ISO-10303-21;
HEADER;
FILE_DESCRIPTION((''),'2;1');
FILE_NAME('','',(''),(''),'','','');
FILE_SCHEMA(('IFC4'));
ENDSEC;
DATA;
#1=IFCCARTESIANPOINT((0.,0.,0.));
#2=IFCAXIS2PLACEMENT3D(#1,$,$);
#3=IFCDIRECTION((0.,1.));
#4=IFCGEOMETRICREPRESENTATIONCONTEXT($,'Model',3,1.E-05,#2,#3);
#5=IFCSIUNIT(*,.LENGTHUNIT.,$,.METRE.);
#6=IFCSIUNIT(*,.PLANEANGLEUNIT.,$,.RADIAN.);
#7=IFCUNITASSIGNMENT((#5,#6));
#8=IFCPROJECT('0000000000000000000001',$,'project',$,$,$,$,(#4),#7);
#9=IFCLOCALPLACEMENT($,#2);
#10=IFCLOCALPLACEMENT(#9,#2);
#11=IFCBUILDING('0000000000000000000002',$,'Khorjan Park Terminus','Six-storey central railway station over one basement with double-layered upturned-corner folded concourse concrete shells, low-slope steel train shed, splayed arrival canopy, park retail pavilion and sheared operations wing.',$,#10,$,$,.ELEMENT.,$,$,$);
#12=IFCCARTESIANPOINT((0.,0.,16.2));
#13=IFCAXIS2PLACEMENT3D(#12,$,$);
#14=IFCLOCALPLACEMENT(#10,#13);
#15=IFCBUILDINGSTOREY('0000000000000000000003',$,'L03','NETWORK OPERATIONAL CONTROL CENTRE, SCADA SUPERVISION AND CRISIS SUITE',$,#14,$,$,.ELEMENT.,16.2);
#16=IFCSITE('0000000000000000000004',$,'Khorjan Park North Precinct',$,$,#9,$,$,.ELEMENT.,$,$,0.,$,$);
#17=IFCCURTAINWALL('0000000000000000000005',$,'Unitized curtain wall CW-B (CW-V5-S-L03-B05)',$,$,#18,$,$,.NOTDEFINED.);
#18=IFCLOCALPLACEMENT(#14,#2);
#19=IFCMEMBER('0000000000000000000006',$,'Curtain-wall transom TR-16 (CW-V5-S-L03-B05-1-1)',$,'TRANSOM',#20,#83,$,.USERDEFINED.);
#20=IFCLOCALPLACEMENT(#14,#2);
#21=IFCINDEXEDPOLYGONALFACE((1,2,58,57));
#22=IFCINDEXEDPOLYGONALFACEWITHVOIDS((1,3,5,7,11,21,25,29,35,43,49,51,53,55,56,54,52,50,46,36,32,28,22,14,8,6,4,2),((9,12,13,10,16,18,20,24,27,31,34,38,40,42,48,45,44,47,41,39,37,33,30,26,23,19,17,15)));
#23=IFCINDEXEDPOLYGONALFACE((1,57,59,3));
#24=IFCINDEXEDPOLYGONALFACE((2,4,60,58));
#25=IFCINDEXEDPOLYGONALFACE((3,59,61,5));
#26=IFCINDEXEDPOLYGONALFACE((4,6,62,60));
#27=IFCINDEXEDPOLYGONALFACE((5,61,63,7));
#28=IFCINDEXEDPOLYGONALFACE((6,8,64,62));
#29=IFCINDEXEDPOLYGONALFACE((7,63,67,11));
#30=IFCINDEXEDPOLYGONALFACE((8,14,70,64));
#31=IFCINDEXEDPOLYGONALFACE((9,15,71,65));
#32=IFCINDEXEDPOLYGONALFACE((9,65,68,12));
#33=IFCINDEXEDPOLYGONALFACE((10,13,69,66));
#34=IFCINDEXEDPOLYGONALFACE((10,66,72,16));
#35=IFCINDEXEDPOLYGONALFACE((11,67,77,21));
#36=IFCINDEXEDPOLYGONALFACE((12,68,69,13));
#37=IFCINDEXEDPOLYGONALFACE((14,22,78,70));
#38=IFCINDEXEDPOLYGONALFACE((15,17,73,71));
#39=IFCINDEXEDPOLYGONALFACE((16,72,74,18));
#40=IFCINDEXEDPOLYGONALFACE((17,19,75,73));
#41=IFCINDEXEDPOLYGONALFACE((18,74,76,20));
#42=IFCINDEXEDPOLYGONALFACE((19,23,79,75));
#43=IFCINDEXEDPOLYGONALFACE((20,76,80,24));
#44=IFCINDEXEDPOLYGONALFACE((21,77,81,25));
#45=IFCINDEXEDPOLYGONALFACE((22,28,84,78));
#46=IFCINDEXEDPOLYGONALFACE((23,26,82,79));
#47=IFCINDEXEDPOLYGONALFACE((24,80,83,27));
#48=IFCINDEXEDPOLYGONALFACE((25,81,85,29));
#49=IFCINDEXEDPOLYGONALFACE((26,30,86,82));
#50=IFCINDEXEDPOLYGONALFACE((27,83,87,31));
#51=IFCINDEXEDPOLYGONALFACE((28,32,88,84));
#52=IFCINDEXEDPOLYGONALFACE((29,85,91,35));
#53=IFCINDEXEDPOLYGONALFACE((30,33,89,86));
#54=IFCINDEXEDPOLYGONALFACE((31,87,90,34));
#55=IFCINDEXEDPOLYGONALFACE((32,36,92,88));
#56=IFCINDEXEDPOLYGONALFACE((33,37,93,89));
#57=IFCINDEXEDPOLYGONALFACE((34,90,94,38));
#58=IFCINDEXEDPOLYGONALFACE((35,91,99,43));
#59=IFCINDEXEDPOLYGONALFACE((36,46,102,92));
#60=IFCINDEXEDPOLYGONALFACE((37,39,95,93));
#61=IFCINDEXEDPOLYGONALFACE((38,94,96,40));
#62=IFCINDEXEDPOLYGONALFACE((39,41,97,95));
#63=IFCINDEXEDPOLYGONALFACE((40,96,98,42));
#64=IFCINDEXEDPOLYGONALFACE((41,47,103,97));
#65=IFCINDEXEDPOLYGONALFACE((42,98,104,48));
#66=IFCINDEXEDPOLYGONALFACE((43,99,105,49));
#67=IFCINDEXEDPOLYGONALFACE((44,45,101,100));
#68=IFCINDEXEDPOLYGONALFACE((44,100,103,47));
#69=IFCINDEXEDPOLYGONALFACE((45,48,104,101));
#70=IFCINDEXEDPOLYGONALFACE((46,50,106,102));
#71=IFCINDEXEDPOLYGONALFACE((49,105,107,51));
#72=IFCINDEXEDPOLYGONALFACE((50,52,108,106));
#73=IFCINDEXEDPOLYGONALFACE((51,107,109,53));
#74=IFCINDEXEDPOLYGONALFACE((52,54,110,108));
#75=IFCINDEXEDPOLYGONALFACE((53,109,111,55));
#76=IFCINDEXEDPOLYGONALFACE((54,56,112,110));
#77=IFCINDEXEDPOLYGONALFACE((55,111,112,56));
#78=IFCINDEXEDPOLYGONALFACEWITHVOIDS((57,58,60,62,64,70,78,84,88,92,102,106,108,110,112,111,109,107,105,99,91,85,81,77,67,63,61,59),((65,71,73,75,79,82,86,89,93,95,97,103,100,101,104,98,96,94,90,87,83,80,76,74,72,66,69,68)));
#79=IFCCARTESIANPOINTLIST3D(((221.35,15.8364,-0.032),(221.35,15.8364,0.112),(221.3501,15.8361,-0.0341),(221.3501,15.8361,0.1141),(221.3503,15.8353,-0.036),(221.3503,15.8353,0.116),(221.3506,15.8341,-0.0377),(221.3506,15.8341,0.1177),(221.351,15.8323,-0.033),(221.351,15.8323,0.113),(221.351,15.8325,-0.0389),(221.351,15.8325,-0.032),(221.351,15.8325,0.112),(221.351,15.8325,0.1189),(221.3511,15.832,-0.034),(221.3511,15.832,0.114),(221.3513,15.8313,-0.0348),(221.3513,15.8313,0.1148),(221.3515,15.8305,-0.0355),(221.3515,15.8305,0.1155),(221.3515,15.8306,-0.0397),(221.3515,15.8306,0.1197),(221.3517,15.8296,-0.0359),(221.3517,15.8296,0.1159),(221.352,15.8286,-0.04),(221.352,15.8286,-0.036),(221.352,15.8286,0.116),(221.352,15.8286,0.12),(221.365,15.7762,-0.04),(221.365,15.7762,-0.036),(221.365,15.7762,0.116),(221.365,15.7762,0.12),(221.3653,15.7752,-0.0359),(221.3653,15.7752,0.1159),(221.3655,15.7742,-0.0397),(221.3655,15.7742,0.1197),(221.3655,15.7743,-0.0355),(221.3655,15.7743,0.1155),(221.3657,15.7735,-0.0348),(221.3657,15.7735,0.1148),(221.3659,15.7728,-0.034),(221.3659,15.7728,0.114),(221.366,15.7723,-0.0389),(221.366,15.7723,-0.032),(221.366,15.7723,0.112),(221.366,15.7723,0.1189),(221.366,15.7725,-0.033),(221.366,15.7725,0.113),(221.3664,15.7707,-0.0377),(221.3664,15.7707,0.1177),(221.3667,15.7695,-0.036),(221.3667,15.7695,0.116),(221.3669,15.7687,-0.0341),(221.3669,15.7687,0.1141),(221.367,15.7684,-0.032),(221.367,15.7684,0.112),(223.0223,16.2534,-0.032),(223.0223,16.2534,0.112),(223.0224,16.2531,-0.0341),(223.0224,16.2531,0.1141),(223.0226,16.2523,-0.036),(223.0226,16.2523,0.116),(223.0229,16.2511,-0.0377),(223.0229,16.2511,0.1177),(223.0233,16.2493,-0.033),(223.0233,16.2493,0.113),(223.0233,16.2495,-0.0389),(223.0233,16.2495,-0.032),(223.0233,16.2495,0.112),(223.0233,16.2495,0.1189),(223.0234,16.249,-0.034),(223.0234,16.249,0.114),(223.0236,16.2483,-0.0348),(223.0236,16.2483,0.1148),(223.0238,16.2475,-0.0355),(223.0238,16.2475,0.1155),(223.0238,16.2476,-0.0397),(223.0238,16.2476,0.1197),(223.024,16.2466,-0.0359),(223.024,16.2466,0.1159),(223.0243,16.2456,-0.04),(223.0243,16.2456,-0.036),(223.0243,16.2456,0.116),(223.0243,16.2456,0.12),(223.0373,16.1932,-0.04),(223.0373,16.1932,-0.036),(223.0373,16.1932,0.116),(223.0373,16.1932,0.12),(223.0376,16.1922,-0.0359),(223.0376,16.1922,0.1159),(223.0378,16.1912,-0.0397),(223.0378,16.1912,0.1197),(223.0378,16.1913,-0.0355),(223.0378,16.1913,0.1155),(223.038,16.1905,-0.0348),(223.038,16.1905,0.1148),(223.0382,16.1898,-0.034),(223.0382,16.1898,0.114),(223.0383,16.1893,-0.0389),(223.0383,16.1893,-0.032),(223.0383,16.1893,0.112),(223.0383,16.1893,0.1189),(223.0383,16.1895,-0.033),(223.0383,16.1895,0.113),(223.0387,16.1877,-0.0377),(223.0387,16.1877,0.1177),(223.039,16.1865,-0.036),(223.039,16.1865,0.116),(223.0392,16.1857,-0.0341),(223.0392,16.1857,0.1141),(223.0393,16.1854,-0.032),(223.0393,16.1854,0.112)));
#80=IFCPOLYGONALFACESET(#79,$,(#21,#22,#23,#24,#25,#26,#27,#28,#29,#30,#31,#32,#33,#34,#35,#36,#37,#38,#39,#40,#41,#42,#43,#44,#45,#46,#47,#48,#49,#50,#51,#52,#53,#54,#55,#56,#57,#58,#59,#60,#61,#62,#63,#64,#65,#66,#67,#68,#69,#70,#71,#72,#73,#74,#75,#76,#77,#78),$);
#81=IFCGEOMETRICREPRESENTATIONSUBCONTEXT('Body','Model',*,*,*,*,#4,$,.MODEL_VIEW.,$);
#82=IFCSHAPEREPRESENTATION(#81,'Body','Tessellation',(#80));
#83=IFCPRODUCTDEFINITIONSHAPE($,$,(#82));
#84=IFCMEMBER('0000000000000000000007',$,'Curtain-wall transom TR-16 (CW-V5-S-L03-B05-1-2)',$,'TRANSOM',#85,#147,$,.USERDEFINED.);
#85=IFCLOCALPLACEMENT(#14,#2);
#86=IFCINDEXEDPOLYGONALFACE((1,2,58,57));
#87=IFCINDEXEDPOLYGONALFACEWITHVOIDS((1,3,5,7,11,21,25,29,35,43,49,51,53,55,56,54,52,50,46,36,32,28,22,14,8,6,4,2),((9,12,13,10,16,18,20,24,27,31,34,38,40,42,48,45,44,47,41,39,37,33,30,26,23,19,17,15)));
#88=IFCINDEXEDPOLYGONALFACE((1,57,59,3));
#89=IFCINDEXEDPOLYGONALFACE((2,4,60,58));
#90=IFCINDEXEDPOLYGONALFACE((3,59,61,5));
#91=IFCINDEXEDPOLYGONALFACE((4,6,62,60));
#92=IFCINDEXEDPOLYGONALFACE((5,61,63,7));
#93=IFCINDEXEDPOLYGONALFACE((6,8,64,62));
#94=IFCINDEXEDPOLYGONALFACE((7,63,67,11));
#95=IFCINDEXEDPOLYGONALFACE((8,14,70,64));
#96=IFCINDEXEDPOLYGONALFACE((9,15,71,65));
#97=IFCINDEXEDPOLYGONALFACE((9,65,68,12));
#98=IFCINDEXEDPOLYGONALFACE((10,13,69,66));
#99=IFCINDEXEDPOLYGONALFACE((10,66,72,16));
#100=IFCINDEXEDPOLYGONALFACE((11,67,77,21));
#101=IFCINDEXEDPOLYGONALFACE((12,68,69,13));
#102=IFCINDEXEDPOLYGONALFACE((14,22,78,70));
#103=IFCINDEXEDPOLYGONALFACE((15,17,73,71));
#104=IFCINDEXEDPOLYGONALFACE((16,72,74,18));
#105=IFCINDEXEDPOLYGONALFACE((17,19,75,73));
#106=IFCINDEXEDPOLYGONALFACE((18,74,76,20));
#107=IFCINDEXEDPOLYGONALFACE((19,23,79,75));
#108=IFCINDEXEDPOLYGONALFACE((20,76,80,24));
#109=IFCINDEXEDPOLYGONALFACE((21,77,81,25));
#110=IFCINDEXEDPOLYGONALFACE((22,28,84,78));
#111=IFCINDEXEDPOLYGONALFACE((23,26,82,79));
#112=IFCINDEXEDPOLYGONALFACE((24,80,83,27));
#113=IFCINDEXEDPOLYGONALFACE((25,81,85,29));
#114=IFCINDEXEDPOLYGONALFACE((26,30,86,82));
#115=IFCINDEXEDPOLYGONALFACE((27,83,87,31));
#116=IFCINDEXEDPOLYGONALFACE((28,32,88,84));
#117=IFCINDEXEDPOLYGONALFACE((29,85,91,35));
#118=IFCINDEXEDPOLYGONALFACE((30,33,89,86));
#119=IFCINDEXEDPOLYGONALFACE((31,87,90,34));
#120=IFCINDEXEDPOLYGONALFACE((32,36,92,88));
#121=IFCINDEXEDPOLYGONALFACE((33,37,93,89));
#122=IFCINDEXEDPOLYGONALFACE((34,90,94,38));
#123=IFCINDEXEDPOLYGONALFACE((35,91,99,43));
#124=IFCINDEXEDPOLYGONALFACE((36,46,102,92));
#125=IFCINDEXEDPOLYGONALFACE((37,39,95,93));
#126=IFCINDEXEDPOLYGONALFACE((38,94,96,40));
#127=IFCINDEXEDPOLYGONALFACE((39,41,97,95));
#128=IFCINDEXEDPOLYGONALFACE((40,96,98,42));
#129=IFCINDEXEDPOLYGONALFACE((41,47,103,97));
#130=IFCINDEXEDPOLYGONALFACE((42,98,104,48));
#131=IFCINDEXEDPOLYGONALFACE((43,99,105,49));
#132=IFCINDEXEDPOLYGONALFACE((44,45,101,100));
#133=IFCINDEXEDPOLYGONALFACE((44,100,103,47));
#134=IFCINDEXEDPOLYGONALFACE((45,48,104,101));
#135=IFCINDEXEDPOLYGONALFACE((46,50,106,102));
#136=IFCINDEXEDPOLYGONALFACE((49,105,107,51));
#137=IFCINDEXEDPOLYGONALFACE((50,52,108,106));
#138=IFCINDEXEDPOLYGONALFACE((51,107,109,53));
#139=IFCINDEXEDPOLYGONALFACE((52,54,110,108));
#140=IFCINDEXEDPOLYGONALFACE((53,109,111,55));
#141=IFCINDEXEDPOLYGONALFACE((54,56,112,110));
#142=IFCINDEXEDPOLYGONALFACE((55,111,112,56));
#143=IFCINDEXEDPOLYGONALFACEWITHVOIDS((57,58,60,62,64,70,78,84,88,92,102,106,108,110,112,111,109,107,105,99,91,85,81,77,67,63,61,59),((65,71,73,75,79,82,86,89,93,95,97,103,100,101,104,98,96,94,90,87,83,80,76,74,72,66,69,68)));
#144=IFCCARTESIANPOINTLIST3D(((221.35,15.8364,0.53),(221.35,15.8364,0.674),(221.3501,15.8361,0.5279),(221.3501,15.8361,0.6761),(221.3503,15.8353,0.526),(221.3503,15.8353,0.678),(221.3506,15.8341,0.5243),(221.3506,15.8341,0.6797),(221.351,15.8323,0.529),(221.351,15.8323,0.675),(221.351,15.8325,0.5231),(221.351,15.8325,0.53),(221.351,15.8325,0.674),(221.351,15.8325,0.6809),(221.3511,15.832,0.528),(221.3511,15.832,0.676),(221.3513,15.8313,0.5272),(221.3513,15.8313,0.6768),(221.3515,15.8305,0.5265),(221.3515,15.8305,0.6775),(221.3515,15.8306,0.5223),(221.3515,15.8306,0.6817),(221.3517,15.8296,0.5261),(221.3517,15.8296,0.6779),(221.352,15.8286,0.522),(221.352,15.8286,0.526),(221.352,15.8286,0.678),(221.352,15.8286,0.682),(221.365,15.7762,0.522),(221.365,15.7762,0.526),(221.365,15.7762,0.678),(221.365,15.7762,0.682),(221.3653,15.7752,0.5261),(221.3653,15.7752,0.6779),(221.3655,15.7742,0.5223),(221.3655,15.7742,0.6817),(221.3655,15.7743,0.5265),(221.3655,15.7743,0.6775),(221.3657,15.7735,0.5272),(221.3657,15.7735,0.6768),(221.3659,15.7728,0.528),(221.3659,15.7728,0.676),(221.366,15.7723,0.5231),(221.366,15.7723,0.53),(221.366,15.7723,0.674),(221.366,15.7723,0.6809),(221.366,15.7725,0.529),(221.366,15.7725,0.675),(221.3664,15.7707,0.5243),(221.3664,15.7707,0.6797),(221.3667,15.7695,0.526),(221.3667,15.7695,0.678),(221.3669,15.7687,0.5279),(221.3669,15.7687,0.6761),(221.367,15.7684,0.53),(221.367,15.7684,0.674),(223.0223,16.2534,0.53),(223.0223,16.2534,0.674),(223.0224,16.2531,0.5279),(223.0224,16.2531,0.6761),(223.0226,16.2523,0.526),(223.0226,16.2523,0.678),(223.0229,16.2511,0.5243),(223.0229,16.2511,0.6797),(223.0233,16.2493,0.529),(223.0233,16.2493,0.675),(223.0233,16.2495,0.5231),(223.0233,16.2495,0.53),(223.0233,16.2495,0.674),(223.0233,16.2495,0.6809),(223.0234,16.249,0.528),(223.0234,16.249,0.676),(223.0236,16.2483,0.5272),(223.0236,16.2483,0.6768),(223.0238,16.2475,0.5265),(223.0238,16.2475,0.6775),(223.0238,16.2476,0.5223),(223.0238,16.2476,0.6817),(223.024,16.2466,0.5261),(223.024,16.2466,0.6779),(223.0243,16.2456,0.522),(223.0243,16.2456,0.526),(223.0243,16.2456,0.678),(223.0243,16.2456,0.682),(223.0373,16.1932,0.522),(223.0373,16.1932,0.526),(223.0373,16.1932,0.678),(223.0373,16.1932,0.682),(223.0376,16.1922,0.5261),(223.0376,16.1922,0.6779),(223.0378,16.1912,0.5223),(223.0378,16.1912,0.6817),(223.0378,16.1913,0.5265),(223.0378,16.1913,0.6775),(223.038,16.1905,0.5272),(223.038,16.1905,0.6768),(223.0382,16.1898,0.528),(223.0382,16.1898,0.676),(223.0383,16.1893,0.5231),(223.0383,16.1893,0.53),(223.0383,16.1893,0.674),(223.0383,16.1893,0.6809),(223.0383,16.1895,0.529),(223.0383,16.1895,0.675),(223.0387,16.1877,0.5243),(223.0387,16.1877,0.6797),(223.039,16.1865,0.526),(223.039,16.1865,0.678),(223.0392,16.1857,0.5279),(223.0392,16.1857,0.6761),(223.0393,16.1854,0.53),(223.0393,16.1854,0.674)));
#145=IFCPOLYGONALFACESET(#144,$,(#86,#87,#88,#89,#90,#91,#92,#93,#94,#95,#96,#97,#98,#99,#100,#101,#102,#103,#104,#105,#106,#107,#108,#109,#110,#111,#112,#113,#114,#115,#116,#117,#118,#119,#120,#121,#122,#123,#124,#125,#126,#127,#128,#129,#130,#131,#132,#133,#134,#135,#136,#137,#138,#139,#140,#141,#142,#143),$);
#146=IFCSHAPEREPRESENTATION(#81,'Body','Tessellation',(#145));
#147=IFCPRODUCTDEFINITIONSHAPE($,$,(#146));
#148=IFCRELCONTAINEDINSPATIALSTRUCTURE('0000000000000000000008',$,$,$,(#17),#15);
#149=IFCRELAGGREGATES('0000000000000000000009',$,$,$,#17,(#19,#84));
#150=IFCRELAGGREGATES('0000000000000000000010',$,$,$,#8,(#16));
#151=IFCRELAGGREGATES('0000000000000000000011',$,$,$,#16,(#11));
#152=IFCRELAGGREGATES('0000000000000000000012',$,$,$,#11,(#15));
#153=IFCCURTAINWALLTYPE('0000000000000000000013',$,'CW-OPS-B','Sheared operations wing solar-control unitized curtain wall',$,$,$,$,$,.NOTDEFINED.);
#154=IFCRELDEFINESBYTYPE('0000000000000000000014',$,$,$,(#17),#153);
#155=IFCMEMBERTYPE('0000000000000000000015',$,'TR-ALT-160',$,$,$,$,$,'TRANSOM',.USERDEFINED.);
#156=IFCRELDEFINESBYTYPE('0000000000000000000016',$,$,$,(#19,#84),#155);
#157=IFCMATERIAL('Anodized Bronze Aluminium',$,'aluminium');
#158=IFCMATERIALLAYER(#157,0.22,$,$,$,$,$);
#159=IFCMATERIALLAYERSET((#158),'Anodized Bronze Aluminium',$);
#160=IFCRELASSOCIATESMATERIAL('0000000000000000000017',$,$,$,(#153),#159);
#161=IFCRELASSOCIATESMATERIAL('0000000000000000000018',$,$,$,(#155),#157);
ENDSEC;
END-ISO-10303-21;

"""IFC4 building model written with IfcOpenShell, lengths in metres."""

from ifc_helpers import new_model, si_unit, direction, frame, origin, origin_2d, place, context, subcontext, project, spatial, hollow_rectangle, extrude, material, layer, layer_set, material_profile, profile_set, type_object, element, aggregate, save


model = new_model("IFC4")

# Units and contexts
model_context = context("Model", 3, precision=1e-05, world=origin(), true_north=direction((0.0, 1.0)))
body_context = subcontext(model_context, "Body", "Model", "MODEL_VIEW")
ifc_project = project(units=[si_unit("LENGTHUNIT", "METRE"), si_unit("PLANEANGLEUNIT", "RADIAN")], contexts=[model_context])

# Site, building, storey
site_placement = place(None, origin())
site = spatial("IfcSite", under=ifc_project, at=site_placement, Name="Khorjan Park North Precinct", CompositionType="ELEMENT", RefElevation=0.0)
building_placement = place(site_placement, origin())
building = spatial("IfcBuilding", under=site, at=building_placement, Name="Khorjan Park Terminus", Description="Six-storey central railway station over one basement with double-layered upturned-corner folded concourse concrete shells, low-slope steel train shed, splayed arrival canopy, park retail pavilion and sheared operations wing.", CompositionType="ELEMENT")
storey_placement = place(building_placement, frame((0.0, 0.0, 16.2)))
storey = spatial("IfcBuildingStorey", under=building, at=storey_placement, Name="L03", Description="NETWORK OPERATIONAL CONTROL CENTRE, SCADA SUPERVISION AND CRISIS SUITE", CompositionType="ELEMENT", Elevation=16.2)

# Curtain wall, members
ifc_material_1 = material(Name="Anodized Bronze Aluminium", Category="aluminium")
ifc_layer_1 = layer(ifc_material_1, 0.22)
ifc_layer_set_1 = layer_set([ifc_layer_1], Name="Anodized Bronze Aluminium")
curtain_wall_type = type_object("IfcCurtainWallType", Name="CW-OPS-B", Description="Sheared operations wing solar-control unitized curtain wall", PredefinedType="NOTDEFINED", material=ifc_layer_set_1)
curtain_wall_placement = place(storey_placement, origin())
curtain_wall = element("IfcCurtainWall", 1, at=curtain_wall_placement, inside=storey, type_object=curtain_wall_type, Name="Unitized curtain wall CW-B (CW-V5-S-L03-B05)", PredefinedType="NOTDEFINED")
ifc_material_profile_1 = material_profile(ifc_material_1, hollow_rectangle(XDim=0.07, YDim=0.16, WallThickness=0.004, InnerFilletRadius=0.004, OuterFilletRadius=0.008, at=origin_2d()), Name="ALT 70x160x4")
ifc_profile_set_1 = profile_set([ifc_material_profile_1], Name="Anodized Bronze Aluminium")
member_type_1 = type_object("IfcMemberType", Name="TR-ALT-160", ElementType="TRANSOM", PredefinedType="USERDEFINED", material=ifc_profile_set_1)
member_1_placement = place(storey_placement, frame((221.3585, 15.8024, 0.04), z_axis=(0.970289, 0.241949, 0.0), x_axis=(-0.241949, 0.970289, 0.0)))
member_1 = element("IfcMember", 2, at=member_1_placement, type_object=member_type_1, Name="Curtain-wall transom TR-16 (CW-V5-S-L03-B05-1-1)", ObjectType="TRANSOM", PredefinedType="USERDEFINED", context=body_context, shape_type="SweptSolid", body=[
    extrude(hollow_rectangle(XDim=0.07, YDim=0.16, WallThickness=0.004, InnerFilletRadius=0.004, OuterFilletRadius=0.008, at=origin_2d()), origin(), (0.0, 0.0, 1.0), 1.7235),
])
member_2_placement = place(storey_placement, frame((221.3585, 15.8024, 0.602), z_axis=(0.970289, 0.241949, 0.0), x_axis=(-0.241949, 0.970289, 0.0)))
member_2 = element("IfcMember", 3, at=member_2_placement, type_object=member_type_1, Name="Curtain-wall transom TR-16 (CW-V5-S-L03-B05-1-2)", ObjectType="TRANSOM", PredefinedType="USERDEFINED", context=body_context, shape_type="SweptSolid", body=[
    extrude(hollow_rectangle(XDim=0.07, YDim=0.16, WallThickness=0.004, InnerFilletRadius=0.004, OuterFilletRadius=0.008, at=origin_2d()), origin(), (0.0, 0.0, 1.0), 1.7235),
])
aggregate(curtain_wall, [member_1, member_2])

save(model, "model.ifc")
